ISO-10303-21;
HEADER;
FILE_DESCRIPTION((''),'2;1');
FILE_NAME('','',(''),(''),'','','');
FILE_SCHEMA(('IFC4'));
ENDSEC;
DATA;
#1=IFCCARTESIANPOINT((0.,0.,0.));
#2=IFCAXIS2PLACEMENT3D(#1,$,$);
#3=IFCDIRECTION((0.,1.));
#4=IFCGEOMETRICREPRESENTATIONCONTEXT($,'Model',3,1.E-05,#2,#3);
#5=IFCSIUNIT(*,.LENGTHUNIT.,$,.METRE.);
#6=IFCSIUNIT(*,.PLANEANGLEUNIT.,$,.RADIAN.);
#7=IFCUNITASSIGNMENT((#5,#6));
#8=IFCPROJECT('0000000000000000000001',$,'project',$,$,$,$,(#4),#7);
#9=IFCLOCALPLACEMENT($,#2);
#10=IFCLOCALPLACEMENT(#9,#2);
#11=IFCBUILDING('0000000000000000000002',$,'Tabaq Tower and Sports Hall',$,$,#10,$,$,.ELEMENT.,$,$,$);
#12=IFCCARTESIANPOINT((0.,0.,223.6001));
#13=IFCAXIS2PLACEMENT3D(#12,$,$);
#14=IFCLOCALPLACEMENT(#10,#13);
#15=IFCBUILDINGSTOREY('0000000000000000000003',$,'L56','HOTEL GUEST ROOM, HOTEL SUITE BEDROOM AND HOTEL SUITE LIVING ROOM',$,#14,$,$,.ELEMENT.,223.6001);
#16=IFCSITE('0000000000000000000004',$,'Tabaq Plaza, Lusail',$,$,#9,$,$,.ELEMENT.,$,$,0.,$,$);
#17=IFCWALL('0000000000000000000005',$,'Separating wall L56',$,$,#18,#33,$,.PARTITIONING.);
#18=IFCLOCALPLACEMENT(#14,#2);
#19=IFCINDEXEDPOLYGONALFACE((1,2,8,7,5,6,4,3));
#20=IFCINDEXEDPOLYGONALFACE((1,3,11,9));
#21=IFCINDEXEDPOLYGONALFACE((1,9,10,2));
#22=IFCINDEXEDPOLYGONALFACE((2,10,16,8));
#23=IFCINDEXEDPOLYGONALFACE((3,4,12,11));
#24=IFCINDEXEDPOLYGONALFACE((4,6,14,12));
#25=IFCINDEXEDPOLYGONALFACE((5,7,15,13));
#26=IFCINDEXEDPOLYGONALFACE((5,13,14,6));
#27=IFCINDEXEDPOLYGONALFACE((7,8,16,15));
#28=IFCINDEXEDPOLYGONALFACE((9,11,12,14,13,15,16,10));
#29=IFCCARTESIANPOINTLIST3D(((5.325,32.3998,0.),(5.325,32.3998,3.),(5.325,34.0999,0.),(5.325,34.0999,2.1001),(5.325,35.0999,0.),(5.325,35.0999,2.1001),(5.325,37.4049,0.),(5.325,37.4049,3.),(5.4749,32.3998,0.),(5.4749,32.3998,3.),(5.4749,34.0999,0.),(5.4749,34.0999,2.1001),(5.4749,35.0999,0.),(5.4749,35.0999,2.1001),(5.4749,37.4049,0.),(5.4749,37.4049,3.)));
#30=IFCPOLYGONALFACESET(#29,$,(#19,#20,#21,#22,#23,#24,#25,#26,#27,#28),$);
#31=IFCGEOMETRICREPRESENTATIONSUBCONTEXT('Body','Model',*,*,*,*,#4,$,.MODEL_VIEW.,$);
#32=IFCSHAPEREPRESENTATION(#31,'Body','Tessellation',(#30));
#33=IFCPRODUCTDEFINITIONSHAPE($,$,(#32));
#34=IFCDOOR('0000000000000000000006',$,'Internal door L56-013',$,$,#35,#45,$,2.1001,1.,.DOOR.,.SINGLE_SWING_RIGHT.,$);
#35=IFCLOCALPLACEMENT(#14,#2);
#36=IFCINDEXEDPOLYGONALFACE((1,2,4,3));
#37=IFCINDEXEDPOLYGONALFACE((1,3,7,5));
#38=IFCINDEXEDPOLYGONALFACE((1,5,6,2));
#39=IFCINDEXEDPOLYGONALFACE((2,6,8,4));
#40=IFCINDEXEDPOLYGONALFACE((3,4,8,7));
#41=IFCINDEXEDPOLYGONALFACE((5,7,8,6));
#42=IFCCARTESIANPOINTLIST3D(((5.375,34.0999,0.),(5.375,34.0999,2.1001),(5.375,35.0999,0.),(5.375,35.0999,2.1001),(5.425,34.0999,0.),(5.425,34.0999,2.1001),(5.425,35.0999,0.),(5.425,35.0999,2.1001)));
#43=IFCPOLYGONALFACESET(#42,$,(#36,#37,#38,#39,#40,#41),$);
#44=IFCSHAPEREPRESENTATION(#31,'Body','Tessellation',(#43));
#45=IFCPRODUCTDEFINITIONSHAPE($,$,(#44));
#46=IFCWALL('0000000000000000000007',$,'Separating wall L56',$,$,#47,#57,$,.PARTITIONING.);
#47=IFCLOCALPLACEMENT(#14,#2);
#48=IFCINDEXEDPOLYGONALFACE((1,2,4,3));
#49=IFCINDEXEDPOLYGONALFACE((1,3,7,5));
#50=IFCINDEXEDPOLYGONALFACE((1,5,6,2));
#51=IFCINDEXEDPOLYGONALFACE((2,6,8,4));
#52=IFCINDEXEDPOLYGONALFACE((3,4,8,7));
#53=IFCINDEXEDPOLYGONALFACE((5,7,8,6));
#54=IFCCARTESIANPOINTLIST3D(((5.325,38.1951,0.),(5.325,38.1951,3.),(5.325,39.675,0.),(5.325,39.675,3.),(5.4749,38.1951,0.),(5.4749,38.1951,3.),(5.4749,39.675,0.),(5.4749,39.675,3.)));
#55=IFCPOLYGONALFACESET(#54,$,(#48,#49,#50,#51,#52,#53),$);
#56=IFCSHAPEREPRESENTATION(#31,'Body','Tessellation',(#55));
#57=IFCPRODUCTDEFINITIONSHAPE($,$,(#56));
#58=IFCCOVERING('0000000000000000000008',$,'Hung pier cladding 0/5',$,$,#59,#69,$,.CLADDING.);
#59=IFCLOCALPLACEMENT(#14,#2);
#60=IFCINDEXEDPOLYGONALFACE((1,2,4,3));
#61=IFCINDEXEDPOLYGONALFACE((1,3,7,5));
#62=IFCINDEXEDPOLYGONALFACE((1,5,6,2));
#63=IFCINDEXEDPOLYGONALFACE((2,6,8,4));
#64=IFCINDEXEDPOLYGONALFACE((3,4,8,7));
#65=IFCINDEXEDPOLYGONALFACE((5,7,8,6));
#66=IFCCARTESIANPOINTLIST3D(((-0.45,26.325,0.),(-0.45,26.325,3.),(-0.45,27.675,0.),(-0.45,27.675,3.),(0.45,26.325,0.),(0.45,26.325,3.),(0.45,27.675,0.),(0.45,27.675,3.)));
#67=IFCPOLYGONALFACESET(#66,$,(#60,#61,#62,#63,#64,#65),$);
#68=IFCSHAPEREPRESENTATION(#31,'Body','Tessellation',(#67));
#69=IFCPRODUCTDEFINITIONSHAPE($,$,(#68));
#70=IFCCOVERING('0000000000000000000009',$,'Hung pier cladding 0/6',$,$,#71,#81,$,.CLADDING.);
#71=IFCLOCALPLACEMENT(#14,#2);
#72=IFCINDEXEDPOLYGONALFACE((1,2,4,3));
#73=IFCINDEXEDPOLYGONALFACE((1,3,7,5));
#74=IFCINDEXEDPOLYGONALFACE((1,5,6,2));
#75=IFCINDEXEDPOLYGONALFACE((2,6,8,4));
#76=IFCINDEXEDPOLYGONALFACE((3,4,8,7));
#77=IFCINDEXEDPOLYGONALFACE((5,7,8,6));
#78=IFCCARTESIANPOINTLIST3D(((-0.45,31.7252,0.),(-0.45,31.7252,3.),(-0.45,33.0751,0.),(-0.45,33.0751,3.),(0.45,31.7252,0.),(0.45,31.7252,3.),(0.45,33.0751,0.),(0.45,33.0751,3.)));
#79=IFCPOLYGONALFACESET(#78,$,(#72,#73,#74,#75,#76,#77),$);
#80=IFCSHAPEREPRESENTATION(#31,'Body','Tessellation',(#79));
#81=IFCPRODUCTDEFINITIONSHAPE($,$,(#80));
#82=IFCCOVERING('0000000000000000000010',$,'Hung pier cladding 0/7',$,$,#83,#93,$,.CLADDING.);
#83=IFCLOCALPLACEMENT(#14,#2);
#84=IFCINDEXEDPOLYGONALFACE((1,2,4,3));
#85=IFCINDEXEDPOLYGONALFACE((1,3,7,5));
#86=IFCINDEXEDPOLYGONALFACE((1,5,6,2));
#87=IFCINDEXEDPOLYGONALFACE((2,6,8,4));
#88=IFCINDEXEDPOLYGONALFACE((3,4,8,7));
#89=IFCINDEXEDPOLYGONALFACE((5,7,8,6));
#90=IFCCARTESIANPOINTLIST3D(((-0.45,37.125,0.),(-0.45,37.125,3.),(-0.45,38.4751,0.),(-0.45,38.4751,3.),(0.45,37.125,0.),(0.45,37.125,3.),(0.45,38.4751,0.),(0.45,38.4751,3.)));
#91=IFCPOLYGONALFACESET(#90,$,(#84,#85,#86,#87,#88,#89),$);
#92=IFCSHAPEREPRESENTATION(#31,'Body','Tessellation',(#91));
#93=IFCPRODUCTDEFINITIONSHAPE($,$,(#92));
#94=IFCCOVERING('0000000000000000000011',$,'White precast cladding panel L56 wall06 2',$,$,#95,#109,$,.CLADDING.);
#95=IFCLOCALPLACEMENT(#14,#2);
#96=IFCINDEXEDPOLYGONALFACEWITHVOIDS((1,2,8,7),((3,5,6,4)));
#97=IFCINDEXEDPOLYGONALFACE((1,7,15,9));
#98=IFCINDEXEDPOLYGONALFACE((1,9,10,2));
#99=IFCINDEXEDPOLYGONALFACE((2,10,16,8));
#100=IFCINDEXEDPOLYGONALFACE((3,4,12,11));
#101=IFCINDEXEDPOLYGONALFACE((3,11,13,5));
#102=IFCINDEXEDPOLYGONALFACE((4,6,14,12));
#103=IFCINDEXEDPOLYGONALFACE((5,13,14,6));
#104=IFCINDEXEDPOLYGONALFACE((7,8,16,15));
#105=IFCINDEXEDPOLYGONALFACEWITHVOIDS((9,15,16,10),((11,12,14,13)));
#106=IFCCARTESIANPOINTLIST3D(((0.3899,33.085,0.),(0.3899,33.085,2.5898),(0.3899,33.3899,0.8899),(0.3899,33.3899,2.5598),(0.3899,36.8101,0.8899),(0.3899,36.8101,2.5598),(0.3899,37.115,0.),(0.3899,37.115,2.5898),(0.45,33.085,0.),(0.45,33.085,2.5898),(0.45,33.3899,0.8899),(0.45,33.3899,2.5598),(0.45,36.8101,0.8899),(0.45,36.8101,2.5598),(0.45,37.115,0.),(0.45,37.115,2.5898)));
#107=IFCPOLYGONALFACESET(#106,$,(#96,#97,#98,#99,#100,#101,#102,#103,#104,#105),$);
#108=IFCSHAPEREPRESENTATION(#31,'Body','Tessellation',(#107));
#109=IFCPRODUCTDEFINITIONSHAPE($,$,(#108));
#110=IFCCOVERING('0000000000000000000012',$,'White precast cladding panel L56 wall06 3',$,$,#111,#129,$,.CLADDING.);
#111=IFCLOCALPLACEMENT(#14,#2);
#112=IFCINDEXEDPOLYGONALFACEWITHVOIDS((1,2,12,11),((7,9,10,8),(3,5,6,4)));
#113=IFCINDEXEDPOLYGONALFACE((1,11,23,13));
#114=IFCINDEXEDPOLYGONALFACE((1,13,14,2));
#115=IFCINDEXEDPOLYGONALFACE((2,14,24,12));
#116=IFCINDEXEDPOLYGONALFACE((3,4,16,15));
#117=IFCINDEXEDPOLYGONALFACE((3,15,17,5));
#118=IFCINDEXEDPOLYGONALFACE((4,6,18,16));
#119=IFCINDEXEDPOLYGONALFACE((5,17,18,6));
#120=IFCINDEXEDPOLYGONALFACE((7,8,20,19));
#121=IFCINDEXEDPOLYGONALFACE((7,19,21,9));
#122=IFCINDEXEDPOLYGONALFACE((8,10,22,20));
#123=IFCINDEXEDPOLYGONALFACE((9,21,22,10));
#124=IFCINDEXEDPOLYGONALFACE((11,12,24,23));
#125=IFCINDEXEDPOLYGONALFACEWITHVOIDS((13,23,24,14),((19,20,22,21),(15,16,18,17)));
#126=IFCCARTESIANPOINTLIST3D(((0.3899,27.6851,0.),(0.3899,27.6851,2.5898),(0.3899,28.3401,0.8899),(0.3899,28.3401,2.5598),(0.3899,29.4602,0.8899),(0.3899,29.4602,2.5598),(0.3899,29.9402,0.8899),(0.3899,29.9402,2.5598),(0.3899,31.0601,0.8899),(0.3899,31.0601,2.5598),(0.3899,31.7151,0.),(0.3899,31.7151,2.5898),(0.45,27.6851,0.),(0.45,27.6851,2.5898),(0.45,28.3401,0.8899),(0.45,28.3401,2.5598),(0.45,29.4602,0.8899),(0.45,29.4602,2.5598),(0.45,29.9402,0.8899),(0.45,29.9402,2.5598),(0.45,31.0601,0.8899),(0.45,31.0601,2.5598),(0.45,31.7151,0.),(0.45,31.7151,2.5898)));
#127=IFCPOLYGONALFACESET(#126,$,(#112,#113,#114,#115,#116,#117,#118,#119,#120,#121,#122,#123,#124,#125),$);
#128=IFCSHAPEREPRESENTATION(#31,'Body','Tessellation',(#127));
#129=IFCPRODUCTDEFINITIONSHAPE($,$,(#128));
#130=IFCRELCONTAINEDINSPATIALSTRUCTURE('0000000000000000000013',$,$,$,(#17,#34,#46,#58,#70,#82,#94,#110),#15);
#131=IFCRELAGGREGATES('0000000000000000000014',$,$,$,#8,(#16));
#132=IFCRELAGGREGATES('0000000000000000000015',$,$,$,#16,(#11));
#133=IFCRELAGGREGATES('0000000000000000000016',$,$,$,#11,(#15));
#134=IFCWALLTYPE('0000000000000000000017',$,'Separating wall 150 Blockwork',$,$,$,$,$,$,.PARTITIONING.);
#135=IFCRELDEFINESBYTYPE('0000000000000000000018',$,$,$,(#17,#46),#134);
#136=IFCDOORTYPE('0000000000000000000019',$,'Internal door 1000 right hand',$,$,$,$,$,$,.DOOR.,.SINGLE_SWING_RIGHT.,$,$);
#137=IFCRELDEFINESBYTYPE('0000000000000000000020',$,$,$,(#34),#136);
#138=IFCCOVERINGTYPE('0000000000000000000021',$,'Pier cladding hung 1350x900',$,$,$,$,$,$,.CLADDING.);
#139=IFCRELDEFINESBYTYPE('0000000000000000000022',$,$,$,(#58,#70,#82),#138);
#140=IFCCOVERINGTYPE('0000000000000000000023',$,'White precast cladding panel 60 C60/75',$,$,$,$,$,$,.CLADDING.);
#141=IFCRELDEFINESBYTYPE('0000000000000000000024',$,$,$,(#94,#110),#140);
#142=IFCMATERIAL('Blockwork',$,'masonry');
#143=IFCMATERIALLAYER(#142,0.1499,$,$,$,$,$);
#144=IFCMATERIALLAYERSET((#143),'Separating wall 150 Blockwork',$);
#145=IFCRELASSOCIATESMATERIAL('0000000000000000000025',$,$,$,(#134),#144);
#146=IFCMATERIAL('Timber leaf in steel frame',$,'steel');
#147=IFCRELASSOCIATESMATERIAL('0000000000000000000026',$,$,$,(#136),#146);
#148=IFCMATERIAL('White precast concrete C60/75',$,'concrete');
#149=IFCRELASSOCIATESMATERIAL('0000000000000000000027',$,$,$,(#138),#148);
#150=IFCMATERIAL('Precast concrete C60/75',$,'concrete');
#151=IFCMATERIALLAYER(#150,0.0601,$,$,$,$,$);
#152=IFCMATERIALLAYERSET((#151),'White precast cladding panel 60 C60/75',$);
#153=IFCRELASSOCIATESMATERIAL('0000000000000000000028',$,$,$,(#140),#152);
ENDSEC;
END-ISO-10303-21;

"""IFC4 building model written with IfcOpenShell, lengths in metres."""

from ifc_helpers import new_model, si_unit, direction, frame, frame_2d, origin, place, context, subcontext, project, spatial, polyline, rectangle, outline, extrude, material, layer, layer_set, type_object, element, fill, save


model = new_model("IFC4")

# Units and contexts
model_context = context("Model", 3, precision=1e-05, world=origin(), true_north=direction((0.0, 1.0)))
body_context = subcontext(model_context, "Body", "Model", "MODEL_VIEW")
ifc_project = project(units=[si_unit("LENGTHUNIT", "METRE"), si_unit("PLANEANGLEUNIT", "RADIAN")], contexts=[model_context])

# Site, building, storey
site_placement = place(None, origin())
site = spatial("IfcSite", under=ifc_project, at=site_placement, Name="Tabaq Plaza, Lusail", CompositionType="ELEMENT", RefElevation=0.0)
building_placement = place(site_placement, origin())
building = spatial("IfcBuilding", under=site, at=building_placement, Name="Tabaq Tower and Sports Hall", CompositionType="ELEMENT")
storey_placement = place(building_placement, frame((0.0, 0.0, 223.6001)))
storey = spatial("IfcBuildingStorey", under=building, at=storey_placement, Name="L56", Description="HOTEL GUEST ROOM, HOTEL SUITE BEDROOM AND HOTEL SUITE LIVING ROOM", CompositionType="ELEMENT", Elevation=223.6001)

# Shared definitions
ifc_material_1 = material(Name="Blockwork", Category="masonry")
ifc_layer_1 = layer(ifc_material_1, 0.1499)
ifc_layer_set_1 = layer_set([ifc_layer_1], Name="Separating wall 150 Blockwork")
wall_type_1 = type_object("IfcWallType", Name="Separating wall 150 Blockwork", PredefinedType="PARTITIONING", material=ifc_layer_set_1)

# Wall, opening, door
wall_1_placement = place(storey_placement, frame((5.3999, 32.3999, 0.0), z_axis=(0.0, 0.0, 1.0), x_axis=(0.0, 1.0, 0.0)))
wall_1 = element("IfcWall", 1, at=wall_1_placement, inside=storey, type_object=wall_type_1, Name="Separating wall L56", PredefinedType="PARTITIONING", context=body_context, shape_type="SweptSolid", body=[
    extrude(rectangle(XDim=5.0051, YDim=0.1499, at=frame_2d((2.5024, 0.0))), origin(), (0.0, 0.0, 1.0), 3.0),
])
opening_1_placement = place(wall_1_placement, frame((1.7, 0.0, 0.0)))
opening_1 = element("IfcOpeningElement", 2, at=opening_1_placement, cuts=wall_1, PredefinedType="OPENING", context=body_context, shape_type="SweptSolid", body=[
    extrude(rectangle(XDim=1.0, YDim=2.1001, at=frame_2d((0.5, 1.05))), frame((0.0, 0.075, 0.0), z_axis=(0.0, -1.0, 0.0), x_axis=(1.0, 0.0, 0.0)), (0.0, 0.0, 1.0), 0.1499),
])
ifc_material_2 = material(Name="Timber leaf in steel frame", Category="steel")
door_type_1 = type_object("IfcDoorType", Name="Internal door 1000 right hand", OperationType="SINGLE_SWING_RIGHT", PredefinedType="DOOR", material=ifc_material_2)
door_1_placement = place(opening_1_placement, origin())
door_1 = element("IfcDoor", 3, at=door_1_placement, inside=storey, type_object=door_type_1, Name="Internal door L56-013", OperationType="SINGLE_SWING_RIGHT", OverallHeight=2.1001, OverallWidth=1.0, PredefinedType="DOOR", context=body_context, shape_type="SweptSolid", body=[
    extrude(rectangle(XDim=1.0, YDim=2.1001, at=frame_2d((0.5, 1.05))), frame((0.0, 0.0249, 0.0), z_axis=(0.0, -1.0, 0.0), x_axis=(1.0, 0.0, 0.0)), (0.0, 0.0, 1.0), 0.05),
])
fill(opening_1, door_1)

# Wall
wall_2_placement = place(storey_placement, frame((5.3999, 38.1951, 0.0), z_axis=(0.0, 0.0, 1.0), x_axis=(0.0, 1.0, 0.0)))
element("IfcWall", 4, at=wall_2_placement, inside=storey, type_object=wall_type_1, Name="Separating wall L56", PredefinedType="PARTITIONING", context=body_context, shape_type="SweptSolid", body=[
    extrude(rectangle(XDim=1.48, YDim=0.1499, at=frame_2d((0.74, 0.0))), origin(), (0.0, 0.0, 1.0), 3.0),
])

# Coverings
ifc_material_3 = material(Name="White precast concrete C60/75", Category="concrete")
covering_type_1 = type_object("IfcCoveringType", Name="Pier cladding hung 1350x900", PredefinedType="CLADDING", material=ifc_material_3)
covering_1_placement = place(storey_placement, frame((0.0, 27.675, 0.0), z_axis=(0.0, 0.0, 1.0), x_axis=(0.0, -1.0, 0.0)))
element("IfcCovering", 5, at=covering_1_placement, inside=storey, type_object=covering_type_1, Name="Hung pier cladding 0/5", PredefinedType="CLADDING", context=body_context, shape_type="SweptSolid", body=[
    extrude(rectangle(XDim=1.3501, YDim=0.8999, at=frame_2d((0.675, 0.0))), origin(), (0.0, 0.0, 1.0), 3.0),
])
covering_2_placement = place(storey_placement, frame((0.0, 33.075, 0.0), z_axis=(0.0, 0.0, 1.0), x_axis=(0.0, -1.0, 0.0)))
element("IfcCovering", 6, at=covering_2_placement, inside=storey, type_object=covering_type_1, Name="Hung pier cladding 0/6", PredefinedType="CLADDING", context=body_context, shape_type="SweptSolid", body=[
    extrude(rectangle(XDim=1.3499, YDim=0.8999, at=frame_2d((0.6748, 0.0))), origin(), (0.0, 0.0, 1.0), 3.0),
])
covering_3_placement = place(storey_placement, frame((0.0, 38.4751, 0.0), z_axis=(0.0, 0.0, 1.0), x_axis=(0.0, -1.0, 0.0)))
element("IfcCovering", 7, at=covering_3_placement, inside=storey, type_object=covering_type_1, Name="Hung pier cladding 0/7", PredefinedType="CLADDING", context=body_context, shape_type="SweptSolid", body=[
    extrude(rectangle(XDim=1.3501, YDim=0.8999, at=frame_2d((0.675, 0.0))), origin(), (0.0, 0.0, 1.0), 3.0),
])
ifc_material_4 = material(Name="Precast concrete C60/75", Category="concrete")
ifc_layer_2 = layer(ifc_material_4, 0.0601)
ifc_layer_set_2 = layer_set([ifc_layer_2], Name="White precast cladding panel 60 C60/75")
covering_type_2 = type_object("IfcCoveringType", Name="White precast cladding panel 60 C60/75", PredefinedType="CLADDING", material=ifc_layer_set_2)
covering_4_placement = place(storey_placement, frame((0.4199, 37.115, 0.0), z_axis=(0.0, 0.0, 1.0), x_axis=(0.0, -1.0, 0.0)))
element("IfcCovering", 8, at=covering_4_placement, inside=storey, type_object=covering_type_2, Name="White precast cladding panel L56 wall06 2", PredefinedType="CLADDING", context=body_context, shape_type="SweptSolid", body=[
    extrude(outline(polyline([(0.0, 0.0), (4.03, 0.0), (4.03, 2.5898), (0.0, 2.5898), (0.0, 0.0)]), holes=[polyline([(3.7251, 0.8899), (0.3049, 0.8899), (0.3049, 2.5598), (3.7251, 2.5598), (3.7251, 0.8899)])]), frame((0.0, 0.03, 0.0), z_axis=(0.0, -1.0, 0.0), x_axis=(1.0, 0.0, 0.0)), (0.0, 0.0, 1.0), 0.0601),
])
covering_5_placement = place(storey_placement, frame((0.4199, 31.7151, 0.0), z_axis=(0.0, 0.0, 1.0), x_axis=(0.0, -1.0, 0.0)))
element("IfcCovering", 9, at=covering_5_placement, inside=storey, type_object=covering_type_2, Name="White precast cladding panel L56 wall06 3", PredefinedType="CLADDING", context=body_context, shape_type="SweptSolid", body=[
    extrude(outline(polyline([(0.0, 0.0), (4.03, 0.0), (4.03, 2.5898), (0.0, 2.5898), (0.0, 0.0)]), holes=[polyline([(0.655, 0.8899), (0.655, 2.5598), (1.7749, 2.5598), (1.7749, 0.8899), (0.655, 0.8899)]), polyline([(2.2549, 0.8899), (2.2549, 2.5598), (3.375, 2.5598), (3.375, 0.8899), (2.2549, 0.8899)])]), frame((0.0, 0.03, 0.0), z_axis=(0.0, -1.0, 0.0), x_axis=(1.0, 0.0, 0.0)), (0.0, 0.0, 1.0), 0.0601),
])

save(model, "model.ifc")
